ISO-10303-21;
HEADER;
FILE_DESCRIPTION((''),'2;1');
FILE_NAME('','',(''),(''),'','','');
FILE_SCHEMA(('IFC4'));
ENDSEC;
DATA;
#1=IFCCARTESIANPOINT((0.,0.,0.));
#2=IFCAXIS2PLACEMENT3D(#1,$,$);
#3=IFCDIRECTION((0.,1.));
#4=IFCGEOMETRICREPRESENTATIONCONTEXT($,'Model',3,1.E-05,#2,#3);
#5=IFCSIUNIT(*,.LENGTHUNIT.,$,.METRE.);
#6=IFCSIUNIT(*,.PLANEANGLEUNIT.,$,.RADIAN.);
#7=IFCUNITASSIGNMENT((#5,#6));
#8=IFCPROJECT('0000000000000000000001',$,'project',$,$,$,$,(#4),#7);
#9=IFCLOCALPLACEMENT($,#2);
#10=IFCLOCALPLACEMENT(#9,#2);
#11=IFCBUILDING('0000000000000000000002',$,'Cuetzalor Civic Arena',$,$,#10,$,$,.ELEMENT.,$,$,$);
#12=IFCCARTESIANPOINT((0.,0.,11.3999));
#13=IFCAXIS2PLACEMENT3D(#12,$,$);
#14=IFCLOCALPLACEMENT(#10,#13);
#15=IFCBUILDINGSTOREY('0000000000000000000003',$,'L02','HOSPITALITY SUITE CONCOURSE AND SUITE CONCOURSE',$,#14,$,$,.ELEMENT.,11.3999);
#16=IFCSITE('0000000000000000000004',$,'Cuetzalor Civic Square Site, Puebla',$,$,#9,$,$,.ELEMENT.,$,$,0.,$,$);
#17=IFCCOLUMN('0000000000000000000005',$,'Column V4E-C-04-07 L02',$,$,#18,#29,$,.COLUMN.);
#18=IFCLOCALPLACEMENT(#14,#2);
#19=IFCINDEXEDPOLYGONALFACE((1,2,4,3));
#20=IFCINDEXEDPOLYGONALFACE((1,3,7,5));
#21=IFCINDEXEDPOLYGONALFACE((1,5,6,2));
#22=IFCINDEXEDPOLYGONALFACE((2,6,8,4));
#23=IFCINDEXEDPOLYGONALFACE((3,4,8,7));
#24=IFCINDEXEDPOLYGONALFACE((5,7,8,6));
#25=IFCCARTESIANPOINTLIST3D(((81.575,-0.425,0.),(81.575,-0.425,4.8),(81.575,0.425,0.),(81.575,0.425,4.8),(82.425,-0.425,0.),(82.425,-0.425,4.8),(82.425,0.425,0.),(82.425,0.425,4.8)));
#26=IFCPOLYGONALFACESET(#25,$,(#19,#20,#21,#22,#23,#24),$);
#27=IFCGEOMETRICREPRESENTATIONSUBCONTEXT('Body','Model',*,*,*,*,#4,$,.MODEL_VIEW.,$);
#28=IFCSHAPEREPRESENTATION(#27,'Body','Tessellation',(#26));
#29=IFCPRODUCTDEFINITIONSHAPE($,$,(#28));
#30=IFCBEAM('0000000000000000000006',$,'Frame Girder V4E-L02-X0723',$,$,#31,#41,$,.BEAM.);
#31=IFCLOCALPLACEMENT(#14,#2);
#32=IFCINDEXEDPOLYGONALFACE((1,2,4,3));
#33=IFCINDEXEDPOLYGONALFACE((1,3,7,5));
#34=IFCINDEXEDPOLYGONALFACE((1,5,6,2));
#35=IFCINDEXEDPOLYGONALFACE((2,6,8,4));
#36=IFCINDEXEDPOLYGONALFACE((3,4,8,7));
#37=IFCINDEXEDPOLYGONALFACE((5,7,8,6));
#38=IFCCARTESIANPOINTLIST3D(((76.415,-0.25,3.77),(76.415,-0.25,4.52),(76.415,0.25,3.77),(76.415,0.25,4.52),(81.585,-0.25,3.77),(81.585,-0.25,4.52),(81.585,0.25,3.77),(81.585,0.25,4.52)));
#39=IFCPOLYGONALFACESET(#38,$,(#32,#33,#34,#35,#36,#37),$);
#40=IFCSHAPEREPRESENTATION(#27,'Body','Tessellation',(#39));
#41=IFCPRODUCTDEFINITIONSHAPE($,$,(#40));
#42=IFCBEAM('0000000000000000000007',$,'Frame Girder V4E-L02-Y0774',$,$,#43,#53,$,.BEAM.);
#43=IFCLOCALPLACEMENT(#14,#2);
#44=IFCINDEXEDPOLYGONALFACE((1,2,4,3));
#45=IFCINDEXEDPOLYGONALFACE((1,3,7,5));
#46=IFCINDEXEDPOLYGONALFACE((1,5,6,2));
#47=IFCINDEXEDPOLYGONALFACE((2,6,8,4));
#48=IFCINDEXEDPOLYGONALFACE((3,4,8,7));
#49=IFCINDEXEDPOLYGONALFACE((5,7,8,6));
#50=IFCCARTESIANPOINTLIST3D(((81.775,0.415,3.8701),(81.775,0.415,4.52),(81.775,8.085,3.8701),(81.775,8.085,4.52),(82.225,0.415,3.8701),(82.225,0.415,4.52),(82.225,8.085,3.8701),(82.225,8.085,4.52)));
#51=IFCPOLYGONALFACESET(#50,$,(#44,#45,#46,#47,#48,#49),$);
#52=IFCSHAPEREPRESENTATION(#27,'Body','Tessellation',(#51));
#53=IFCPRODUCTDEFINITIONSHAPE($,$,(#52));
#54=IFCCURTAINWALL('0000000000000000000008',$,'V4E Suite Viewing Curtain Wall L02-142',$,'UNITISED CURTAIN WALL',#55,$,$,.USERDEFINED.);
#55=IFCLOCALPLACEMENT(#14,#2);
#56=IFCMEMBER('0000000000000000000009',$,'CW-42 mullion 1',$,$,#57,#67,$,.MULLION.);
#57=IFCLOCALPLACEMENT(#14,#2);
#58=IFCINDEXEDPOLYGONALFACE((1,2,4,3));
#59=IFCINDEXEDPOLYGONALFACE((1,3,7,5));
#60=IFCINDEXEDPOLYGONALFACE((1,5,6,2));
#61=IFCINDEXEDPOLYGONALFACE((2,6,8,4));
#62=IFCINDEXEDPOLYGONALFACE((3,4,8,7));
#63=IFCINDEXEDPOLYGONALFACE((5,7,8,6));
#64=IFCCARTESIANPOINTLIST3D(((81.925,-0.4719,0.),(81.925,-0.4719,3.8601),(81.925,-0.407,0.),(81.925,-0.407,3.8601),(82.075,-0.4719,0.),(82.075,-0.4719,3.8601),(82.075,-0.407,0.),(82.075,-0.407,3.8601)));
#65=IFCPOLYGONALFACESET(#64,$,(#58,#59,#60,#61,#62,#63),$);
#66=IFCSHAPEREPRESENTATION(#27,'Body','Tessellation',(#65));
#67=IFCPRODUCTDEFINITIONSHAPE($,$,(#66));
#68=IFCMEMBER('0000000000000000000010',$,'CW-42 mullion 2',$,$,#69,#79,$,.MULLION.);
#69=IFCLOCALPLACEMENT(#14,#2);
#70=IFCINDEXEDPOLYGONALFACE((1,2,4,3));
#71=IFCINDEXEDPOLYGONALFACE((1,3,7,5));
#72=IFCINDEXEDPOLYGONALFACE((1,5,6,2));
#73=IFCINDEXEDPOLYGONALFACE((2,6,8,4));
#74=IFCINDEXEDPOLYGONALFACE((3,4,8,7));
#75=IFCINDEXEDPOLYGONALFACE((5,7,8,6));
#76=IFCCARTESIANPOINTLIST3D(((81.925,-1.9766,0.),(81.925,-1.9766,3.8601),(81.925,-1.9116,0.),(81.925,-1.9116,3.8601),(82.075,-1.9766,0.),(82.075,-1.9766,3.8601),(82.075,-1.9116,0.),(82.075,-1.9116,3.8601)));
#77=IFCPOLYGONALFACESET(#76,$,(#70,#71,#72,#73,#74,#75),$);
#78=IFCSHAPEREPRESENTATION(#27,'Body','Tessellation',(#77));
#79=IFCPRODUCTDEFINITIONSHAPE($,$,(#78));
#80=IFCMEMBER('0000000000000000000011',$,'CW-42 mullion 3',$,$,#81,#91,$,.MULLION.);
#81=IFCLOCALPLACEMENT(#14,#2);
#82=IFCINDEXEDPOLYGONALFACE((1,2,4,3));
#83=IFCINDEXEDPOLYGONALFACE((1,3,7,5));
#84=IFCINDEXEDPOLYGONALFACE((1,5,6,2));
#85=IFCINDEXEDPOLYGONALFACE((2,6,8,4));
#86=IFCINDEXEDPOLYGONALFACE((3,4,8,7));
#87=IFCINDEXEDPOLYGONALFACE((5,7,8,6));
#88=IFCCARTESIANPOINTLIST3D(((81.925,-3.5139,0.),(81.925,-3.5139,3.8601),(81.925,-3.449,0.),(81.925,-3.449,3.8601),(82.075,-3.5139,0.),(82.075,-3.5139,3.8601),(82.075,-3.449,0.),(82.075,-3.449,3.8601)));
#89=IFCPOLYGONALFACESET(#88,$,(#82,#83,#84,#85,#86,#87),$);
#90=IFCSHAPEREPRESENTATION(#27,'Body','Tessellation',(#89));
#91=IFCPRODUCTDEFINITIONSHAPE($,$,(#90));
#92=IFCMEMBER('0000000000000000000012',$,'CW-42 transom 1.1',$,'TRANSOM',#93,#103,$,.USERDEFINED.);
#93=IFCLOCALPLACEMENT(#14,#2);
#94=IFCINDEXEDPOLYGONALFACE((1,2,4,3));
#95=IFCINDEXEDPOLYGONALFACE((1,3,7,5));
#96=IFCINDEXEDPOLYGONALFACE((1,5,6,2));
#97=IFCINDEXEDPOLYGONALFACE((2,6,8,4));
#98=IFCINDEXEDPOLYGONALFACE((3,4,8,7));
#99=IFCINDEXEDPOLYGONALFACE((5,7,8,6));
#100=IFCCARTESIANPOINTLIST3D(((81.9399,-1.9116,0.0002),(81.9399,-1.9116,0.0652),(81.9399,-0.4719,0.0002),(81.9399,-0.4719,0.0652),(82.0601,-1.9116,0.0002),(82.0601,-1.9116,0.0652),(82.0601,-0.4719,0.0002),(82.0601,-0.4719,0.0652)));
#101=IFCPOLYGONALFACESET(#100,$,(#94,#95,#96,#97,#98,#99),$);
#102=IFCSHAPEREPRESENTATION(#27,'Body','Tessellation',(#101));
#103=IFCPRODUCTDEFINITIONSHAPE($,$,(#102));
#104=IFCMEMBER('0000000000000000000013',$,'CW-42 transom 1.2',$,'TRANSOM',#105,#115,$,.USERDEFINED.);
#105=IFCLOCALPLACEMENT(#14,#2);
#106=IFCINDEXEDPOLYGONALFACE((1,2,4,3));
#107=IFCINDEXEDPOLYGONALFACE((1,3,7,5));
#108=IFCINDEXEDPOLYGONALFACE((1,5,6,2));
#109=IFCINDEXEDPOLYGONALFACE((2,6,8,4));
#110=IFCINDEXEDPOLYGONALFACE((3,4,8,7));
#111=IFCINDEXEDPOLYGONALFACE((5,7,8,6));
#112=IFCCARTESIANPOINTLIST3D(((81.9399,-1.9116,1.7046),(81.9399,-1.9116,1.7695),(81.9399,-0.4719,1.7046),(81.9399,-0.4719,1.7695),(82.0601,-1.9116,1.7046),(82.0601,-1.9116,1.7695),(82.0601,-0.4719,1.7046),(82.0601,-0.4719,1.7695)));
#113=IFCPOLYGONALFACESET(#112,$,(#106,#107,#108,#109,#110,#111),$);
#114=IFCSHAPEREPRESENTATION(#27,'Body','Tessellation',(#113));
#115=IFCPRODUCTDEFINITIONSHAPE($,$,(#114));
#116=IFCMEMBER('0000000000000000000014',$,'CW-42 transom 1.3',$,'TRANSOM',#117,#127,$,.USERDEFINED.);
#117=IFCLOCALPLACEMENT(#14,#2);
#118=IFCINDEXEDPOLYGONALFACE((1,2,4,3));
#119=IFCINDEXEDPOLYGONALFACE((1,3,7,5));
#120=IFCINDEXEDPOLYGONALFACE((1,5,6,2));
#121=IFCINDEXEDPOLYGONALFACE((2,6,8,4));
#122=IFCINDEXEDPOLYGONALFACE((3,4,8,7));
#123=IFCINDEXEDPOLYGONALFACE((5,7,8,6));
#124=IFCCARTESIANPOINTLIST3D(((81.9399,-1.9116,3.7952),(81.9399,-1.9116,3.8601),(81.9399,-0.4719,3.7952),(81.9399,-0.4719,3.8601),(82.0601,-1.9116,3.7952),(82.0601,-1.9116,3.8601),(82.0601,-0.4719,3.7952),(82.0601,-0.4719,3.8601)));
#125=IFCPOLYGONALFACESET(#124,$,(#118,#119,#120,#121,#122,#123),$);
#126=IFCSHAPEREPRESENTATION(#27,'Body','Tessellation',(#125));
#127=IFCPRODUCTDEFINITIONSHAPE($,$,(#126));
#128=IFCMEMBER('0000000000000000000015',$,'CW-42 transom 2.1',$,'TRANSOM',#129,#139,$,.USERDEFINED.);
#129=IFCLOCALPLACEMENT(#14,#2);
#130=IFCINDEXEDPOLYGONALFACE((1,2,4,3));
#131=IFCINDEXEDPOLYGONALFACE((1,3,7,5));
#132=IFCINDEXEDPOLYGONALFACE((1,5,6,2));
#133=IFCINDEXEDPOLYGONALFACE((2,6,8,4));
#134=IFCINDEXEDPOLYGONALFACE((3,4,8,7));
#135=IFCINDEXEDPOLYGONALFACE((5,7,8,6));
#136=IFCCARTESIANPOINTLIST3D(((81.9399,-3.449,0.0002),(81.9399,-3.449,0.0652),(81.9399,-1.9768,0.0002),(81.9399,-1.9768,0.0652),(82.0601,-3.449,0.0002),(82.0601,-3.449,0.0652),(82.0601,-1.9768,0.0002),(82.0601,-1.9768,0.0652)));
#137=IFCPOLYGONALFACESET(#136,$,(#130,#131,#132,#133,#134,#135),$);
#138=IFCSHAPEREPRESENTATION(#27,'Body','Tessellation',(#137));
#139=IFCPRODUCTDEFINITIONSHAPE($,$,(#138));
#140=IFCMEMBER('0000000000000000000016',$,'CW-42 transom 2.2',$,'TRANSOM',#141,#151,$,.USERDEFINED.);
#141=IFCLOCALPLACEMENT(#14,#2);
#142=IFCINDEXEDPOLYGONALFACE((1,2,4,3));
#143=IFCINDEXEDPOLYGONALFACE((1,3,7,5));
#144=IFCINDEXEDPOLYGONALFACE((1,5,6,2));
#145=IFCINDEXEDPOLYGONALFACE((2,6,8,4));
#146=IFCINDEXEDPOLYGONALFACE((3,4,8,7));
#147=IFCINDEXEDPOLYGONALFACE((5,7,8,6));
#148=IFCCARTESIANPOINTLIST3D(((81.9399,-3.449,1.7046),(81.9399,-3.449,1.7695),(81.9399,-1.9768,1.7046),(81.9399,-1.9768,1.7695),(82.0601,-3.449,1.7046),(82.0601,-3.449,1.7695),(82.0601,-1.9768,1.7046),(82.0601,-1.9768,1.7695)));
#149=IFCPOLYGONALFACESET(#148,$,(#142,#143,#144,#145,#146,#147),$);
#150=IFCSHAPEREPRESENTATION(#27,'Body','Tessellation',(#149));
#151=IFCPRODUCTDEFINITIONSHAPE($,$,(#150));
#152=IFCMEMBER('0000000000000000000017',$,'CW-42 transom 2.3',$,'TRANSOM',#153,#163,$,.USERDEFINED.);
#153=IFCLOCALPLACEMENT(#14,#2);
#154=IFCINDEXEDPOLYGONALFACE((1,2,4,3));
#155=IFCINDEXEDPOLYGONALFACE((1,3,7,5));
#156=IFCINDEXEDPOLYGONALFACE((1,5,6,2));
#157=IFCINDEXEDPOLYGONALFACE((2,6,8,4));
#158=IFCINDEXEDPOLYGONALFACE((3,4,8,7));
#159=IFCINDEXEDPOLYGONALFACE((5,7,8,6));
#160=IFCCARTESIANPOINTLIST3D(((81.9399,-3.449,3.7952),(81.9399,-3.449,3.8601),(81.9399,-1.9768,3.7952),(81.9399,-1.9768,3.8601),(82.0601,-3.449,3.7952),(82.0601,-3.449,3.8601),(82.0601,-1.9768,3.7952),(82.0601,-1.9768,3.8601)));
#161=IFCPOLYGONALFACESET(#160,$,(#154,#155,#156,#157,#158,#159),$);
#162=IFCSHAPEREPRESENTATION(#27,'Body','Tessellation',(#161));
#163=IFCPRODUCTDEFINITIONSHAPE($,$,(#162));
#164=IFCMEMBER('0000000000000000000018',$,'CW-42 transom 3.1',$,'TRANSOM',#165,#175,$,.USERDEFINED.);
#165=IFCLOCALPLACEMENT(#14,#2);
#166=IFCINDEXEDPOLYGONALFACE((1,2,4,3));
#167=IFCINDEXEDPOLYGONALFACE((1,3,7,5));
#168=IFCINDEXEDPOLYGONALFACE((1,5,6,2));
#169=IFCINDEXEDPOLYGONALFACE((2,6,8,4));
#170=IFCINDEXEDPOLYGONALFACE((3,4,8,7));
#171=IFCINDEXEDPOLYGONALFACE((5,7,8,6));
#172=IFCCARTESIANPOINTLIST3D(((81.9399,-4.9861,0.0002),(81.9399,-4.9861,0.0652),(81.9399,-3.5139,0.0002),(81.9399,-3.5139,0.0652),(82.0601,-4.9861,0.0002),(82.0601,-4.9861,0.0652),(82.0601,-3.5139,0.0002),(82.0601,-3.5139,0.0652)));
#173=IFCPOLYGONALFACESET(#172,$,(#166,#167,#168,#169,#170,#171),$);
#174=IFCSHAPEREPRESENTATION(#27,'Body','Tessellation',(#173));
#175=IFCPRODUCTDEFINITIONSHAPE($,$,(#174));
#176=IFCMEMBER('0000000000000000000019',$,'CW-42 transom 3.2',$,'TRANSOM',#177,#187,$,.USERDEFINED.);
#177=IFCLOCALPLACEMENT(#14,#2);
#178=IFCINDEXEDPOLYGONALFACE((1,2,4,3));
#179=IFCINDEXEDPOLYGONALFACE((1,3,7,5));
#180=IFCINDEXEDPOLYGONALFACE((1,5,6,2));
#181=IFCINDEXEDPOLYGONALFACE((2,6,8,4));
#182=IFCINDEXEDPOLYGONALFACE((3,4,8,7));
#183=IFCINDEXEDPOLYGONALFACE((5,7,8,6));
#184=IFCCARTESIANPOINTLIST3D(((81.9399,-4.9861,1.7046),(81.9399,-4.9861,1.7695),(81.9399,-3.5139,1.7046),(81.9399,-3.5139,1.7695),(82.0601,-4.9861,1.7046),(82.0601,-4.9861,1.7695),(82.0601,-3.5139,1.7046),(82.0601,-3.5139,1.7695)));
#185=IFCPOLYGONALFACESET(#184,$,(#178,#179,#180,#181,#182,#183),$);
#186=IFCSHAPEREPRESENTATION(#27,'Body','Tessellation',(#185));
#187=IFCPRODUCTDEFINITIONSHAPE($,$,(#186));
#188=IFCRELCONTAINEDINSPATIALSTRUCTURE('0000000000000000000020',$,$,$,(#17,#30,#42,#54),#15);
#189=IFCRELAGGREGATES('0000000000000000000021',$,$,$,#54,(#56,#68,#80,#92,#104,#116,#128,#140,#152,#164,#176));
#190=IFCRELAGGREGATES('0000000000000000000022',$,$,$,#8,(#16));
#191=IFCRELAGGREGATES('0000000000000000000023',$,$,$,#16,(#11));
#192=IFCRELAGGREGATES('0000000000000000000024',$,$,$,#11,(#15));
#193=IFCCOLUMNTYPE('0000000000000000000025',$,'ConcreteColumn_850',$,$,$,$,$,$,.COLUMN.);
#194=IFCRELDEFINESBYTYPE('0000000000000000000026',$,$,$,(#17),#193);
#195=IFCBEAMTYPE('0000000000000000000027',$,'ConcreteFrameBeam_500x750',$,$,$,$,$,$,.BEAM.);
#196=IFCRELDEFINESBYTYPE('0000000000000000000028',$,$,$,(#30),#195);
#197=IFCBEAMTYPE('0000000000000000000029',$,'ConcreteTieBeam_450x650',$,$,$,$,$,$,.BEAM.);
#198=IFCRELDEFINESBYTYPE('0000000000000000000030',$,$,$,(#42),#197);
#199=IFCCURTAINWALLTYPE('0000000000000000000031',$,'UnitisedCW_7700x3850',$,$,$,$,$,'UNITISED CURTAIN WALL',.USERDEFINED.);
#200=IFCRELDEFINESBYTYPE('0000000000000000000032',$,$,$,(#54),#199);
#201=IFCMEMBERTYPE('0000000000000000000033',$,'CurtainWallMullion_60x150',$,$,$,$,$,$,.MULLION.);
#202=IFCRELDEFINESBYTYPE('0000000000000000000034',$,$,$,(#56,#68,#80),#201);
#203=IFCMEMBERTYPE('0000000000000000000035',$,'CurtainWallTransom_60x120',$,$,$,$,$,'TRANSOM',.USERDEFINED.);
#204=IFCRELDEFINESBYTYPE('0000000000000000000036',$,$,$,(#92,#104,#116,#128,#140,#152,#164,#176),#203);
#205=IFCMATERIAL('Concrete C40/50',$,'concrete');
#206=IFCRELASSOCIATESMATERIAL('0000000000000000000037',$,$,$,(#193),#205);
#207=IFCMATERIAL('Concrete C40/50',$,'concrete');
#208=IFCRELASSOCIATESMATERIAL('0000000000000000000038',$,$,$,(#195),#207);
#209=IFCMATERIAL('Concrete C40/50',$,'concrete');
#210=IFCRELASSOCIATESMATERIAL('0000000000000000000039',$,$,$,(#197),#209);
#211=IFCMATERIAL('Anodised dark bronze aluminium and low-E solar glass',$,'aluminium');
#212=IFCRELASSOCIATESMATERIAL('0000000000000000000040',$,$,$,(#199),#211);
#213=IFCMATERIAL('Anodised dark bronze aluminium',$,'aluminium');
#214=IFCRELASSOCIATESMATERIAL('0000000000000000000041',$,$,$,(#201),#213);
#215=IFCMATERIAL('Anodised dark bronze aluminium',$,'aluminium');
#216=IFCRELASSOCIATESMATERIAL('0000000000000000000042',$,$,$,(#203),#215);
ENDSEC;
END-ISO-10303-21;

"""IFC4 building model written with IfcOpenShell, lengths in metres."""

from ifc_helpers import new_model, si_unit, direction, frame, origin, origin_2d, place, context, subcontext, project, spatial, rectangle, extrude, material, material_profile, profile_set, type_object, element, aggregate, save


model = new_model("IFC4")

# Units and contexts
model_context = context("Model", 3, precision=1e-05, world=origin(), true_north=direction((0.0, 1.0)))
body_context = subcontext(model_context, "Body", "Model", "MODEL_VIEW")
ifc_project = project(units=[si_unit("LENGTHUNIT", "METRE"), si_unit("PLANEANGLEUNIT", "RADIAN")], contexts=[model_context])

# Site, building, storey
site_placement = place(None, origin())
site = spatial("IfcSite", under=ifc_project, at=site_placement, Name="Cuetzalor Civic Square Site, Puebla", CompositionType="ELEMENT", RefElevation=0.0)
building_placement = place(site_placement, origin())
building = spatial("IfcBuilding", under=site, at=building_placement, Name="Cuetzalor Civic Arena", CompositionType="ELEMENT")
storey_placement = place(building_placement, frame((0.0, 0.0, 11.3999)))
storey = spatial("IfcBuildingStorey", under=building, at=storey_placement, Name="L02", Description="HOSPITALITY SUITE CONCOURSE AND SUITE CONCOURSE", CompositionType="ELEMENT", Elevation=11.3999)

# Column
ifc_material_1 = material(Name="Concrete C40/50", Category="concrete")
ifc_material_profile_1 = material_profile(ifc_material_1, rectangle(XDim=0.8501, YDim=0.8501, at=origin_2d()), Name="RC 850x850")
ifc_profile_set_1 = profile_set([ifc_material_profile_1], Name="Concrete C40/50")
column_type = type_object("IfcColumnType", Name="ConcreteColumn_850", PredefinedType="COLUMN", material=ifc_profile_set_1)
column_placement = place(storey_placement, frame((82.0, 0.0, 0.0), z_axis=(0.0, 0.0, 1.0), x_axis=(1.0, 0.0, 0.0)))
element("IfcColumn", 1, at=column_placement, inside=storey, type_object=column_type, Name="Column V4E-C-04-07 L02", PredefinedType="COLUMN", context=body_context, shape_type="SweptSolid", body=[
    extrude(rectangle(XDim=0.8501, YDim=0.8501, at=origin_2d()), origin(), (0.0, 0.0, 1.0), 4.8),
])

# Beams
ifc_material_2 = material(Name="Concrete C40/50", Category="concrete")
ifc_material_profile_2 = material_profile(ifc_material_2, rectangle(XDim=0.5, YDim=0.75, at=origin_2d()), Name="RC 500x750")
ifc_profile_set_2 = profile_set([ifc_material_profile_2], Name="Concrete C40/50")
beam_type_1 = type_object("IfcBeamType", Name="ConcreteFrameBeam_500x750", PredefinedType="BEAM", material=ifc_profile_set_2)
beam_1_placement = place(storey_placement, frame((76.415, 0.0, 4.145), z_axis=(1.0, 0.0, 0.0), x_axis=(0.0, 1.0, 0.0)))
element("IfcBeam", 2, at=beam_1_placement, inside=storey, type_object=beam_type_1, Name="Frame Girder V4E-L02-X0723", PredefinedType="BEAM", context=body_context, shape_type="SweptSolid", body=[
    extrude(rectangle(XDim=0.5, YDim=0.75, at=origin_2d()), origin(), (0.0, 0.0, 1.0), 5.1699),
])
ifc_material_3 = material(Name="Concrete C40/50", Category="concrete")
ifc_material_profile_3 = material_profile(ifc_material_3, rectangle(XDim=0.45, YDim=0.6499, at=origin_2d()), Name="RC 450x650")
ifc_profile_set_3 = profile_set([ifc_material_profile_3], Name="Concrete C40/50")
beam_type_2 = type_object("IfcBeamType", Name="ConcreteTieBeam_450x650", PredefinedType="BEAM", material=ifc_profile_set_3)
beam_2_placement = place(storey_placement, frame((82.0, 0.415, 4.1951), z_axis=(0.0, 1.0, 0.0), x_axis=(-1.0, 0.0, 0.0)))
element("IfcBeam", 3, at=beam_2_placement, inside=storey, type_object=beam_type_2, Name="Frame Girder V4E-L02-Y0774", PredefinedType="BEAM", context=body_context, shape_type="SweptSolid", body=[
    extrude(rectangle(XDim=0.45, YDim=0.6499, at=origin_2d()), origin(), (0.0, 0.0, 1.0), 7.6699),
])

# Curtain wall, members
ifc_material_4 = material(Name="Anodised dark bronze aluminium and low-E solar glass", Category="aluminium")
curtain_wall_type = type_object("IfcCurtainWallType", Name="UnitisedCW_7700x3850", ElementType="UNITISED CURTAIN WALL", PredefinedType="USERDEFINED", material=ifc_material_4)
curtain_wall_placement = place(storey_placement, origin())
curtain_wall = element("IfcCurtainWall", 4, at=curtain_wall_placement, inside=storey, type_object=curtain_wall_type, Name="V4E Suite Viewing Curtain Wall L02-142", ObjectType="UNITISED CURTAIN WALL", PredefinedType="USERDEFINED")
ifc_material_5 = material(Name="Anodised dark bronze aluminium", Category="aluminium")
ifc_material_profile_4 = material_profile(ifc_material_5, rectangle(XDim=0.0649, YDim=0.1499, at=origin_2d()), Name="ALU MULLION 65x150")
ifc_profile_set_4 = profile_set([ifc_material_profile_4], Name="Anodised dark bronze aluminium")
member_type_1 = type_object("IfcMemberType", Name="CurtainWallMullion_60x150", PredefinedType="MULLION", material=ifc_profile_set_4)
member_1_placement = place(storey_placement, frame((82.0, -0.4395, 0.0), z_axis=(0.0, 0.0, 1.0), x_axis=(0.0, -1.0, 0.0)))
member_1 = element("IfcMember", 5, at=member_1_placement, type_object=member_type_1, Name="CW-42 mullion 1", PredefinedType="MULLION", context=body_context, shape_type="SweptSolid", body=[
    extrude(rectangle(XDim=0.0649, YDim=0.1499, at=origin_2d()), origin(), (0.0, 0.0, 1.0), 3.8601),
])
member_2_placement = place(storey_placement, frame((82.0, -1.9441, 0.0), z_axis=(0.0, 0.0, 1.0), x_axis=(0.0, -1.0, 0.0)))
member_2 = element("IfcMember", 6, at=member_2_placement, type_object=member_type_1, Name="CW-42 mullion 2", PredefinedType="MULLION", context=body_context, shape_type="SweptSolid", body=[
    extrude(rectangle(XDim=0.0649, YDim=0.1499, at=origin_2d()), origin(), (0.0, 0.0, 1.0), 3.8601),
])
member_3_placement = place(storey_placement, frame((82.0, -3.4814, 0.0), z_axis=(0.0, 0.0, 1.0), x_axis=(0.0, -1.0, 0.0)))
member_3 = element("IfcMember", 7, at=member_3_placement, type_object=member_type_1, Name="CW-42 mullion 3", PredefinedType="MULLION", context=body_context, shape_type="SweptSolid", body=[
    extrude(rectangle(XDim=0.0649, YDim=0.1499, at=origin_2d()), origin(), (0.0, 0.0, 1.0), 3.8601),
])
ifc_material_6 = material(Name="Anodised dark bronze aluminium", Category="aluminium")
ifc_material_profile_5 = material_profile(ifc_material_6, rectangle(XDim=0.1201, YDim=0.0649, at=origin_2d()), Name="ALU TRANSOM 65x120")
ifc_profile_set_5 = profile_set([ifc_material_profile_5], Name="Anodised dark bronze aluminium")
member_type_2 = type_object("IfcMemberType", Name="CurtainWallTransom_60x120", ElementType="TRANSOM", PredefinedType="USERDEFINED", material=ifc_profile_set_5)
member_4_placement = place(storey_placement, frame((82.0, -0.4719, 0.0327), z_axis=(0.0, -1.0, 0.0), x_axis=(1.0, 0.0, 0.0)))
member_4 = element("IfcMember", 8, at=member_4_placement, type_object=member_type_2, Name="CW-42 transom 1.1", ObjectType="TRANSOM", PredefinedType="USERDEFINED", context=body_context, shape_type="SweptSolid", body=[
    extrude(rectangle(XDim=0.1201, YDim=0.0649, at=origin_2d()), origin(), (0.0, 0.0, 1.0), 1.4397),
])
member_5_placement = place(storey_placement, frame((82.0, -0.4719, 1.7371), z_axis=(0.0, -1.0, 0.0), x_axis=(1.0, 0.0, 0.0)))
member_5 = element("IfcMember", 9, at=member_5_placement, type_object=member_type_2, Name="CW-42 transom 1.2", ObjectType="TRANSOM", PredefinedType="USERDEFINED", context=body_context, shape_type="SweptSolid", body=[
    extrude(rectangle(XDim=0.1201, YDim=0.0649, at=origin_2d()), origin(), (0.0, 0.0, 1.0), 1.4397),
])
member_6_placement = place(storey_placement, frame((82.0, -0.4719, 3.8276), z_axis=(0.0, -1.0, 0.0), x_axis=(1.0, 0.0, 0.0)))
member_6 = element("IfcMember", 10, at=member_6_placement, type_object=member_type_2, Name="CW-42 transom 1.3", ObjectType="TRANSOM", PredefinedType="USERDEFINED", context=body_context, shape_type="SweptSolid", body=[
    extrude(rectangle(XDim=0.1201, YDim=0.0649, at=origin_2d()), origin(), (0.0, 0.0, 1.0), 1.4397),
])
member_7_placement = place(storey_placement, frame((82.0, -1.9768, 0.0327), z_axis=(0.0, -1.0, 0.0), x_axis=(1.0, 0.0, 0.0)))
member_7 = element("IfcMember", 11, at=member_7_placement, type_object=member_type_2, Name="CW-42 transom 2.1", ObjectType="TRANSOM", PredefinedType="USERDEFINED", context=body_context, shape_type="SweptSolid", body=[
    extrude(rectangle(XDim=0.1201, YDim=0.0649, at=origin_2d()), origin(), (0.0, 0.0, 1.0), 1.4722),
])
member_8_placement = place(storey_placement, frame((82.0, -1.9768, 1.7371), z_axis=(0.0, -1.0, 0.0), x_axis=(1.0, 0.0, 0.0)))
member_8 = element("IfcMember", 12, at=member_8_placement, type_object=member_type_2, Name="CW-42 transom 2.2", ObjectType="TRANSOM", PredefinedType="USERDEFINED", context=body_context, shape_type="SweptSolid", body=[
    extrude(rectangle(XDim=0.1201, YDim=0.0649, at=origin_2d()), origin(), (0.0, 0.0, 1.0), 1.4722),
])
member_9_placement = place(storey_placement, frame((82.0, -1.9768, 3.8276), z_axis=(0.0, -1.0, 0.0), x_axis=(1.0, 0.0, 0.0)))
member_9 = element("IfcMember", 13, at=member_9_placement, type_object=member_type_2, Name="CW-42 transom 2.3", ObjectType="TRANSOM", PredefinedType="USERDEFINED", context=body_context, shape_type="SweptSolid", body=[
    extrude(rectangle(XDim=0.1201, YDim=0.0649, at=origin_2d()), origin(), (0.0, 0.0, 1.0), 1.4722),
])
member_10_placement = place(storey_placement, frame((82.0, -3.5139, 0.0327), z_axis=(0.0, -1.0, 0.0), x_axis=(1.0, 0.0, 0.0)))
member_10 = element("IfcMember", 14, at=member_10_placement, type_object=member_type_2, Name="CW-42 transom 3.1", ObjectType="TRANSOM", PredefinedType="USERDEFINED", context=body_context, shape_type="SweptSolid", body=[
    extrude(rectangle(XDim=0.1201, YDim=0.0649, at=origin_2d()), origin(), (0.0, 0.0, 1.0), 1.4722),
])
member_11_placement = place(storey_placement, frame((82.0, -3.5139, 1.7371), z_axis=(0.0, -1.0, 0.0), x_axis=(1.0, 0.0, 0.0)))
member_11 = element("IfcMember", 15, at=member_11_placement, type_object=member_type_2, Name="CW-42 transom 3.2", ObjectType="TRANSOM", PredefinedType="USERDEFINED", context=body_context, shape_type="SweptSolid", body=[
    extrude(rectangle(XDim=0.1201, YDim=0.0649, at=origin_2d()), origin(), (0.0, 0.0, 1.0), 1.4722),
])
aggregate(curtain_wall, [member_1, member_2, member_3, member_4, member_5, member_6, member_7, member_8, member_9, member_10, member_11])

save(model, "model.ifc")
